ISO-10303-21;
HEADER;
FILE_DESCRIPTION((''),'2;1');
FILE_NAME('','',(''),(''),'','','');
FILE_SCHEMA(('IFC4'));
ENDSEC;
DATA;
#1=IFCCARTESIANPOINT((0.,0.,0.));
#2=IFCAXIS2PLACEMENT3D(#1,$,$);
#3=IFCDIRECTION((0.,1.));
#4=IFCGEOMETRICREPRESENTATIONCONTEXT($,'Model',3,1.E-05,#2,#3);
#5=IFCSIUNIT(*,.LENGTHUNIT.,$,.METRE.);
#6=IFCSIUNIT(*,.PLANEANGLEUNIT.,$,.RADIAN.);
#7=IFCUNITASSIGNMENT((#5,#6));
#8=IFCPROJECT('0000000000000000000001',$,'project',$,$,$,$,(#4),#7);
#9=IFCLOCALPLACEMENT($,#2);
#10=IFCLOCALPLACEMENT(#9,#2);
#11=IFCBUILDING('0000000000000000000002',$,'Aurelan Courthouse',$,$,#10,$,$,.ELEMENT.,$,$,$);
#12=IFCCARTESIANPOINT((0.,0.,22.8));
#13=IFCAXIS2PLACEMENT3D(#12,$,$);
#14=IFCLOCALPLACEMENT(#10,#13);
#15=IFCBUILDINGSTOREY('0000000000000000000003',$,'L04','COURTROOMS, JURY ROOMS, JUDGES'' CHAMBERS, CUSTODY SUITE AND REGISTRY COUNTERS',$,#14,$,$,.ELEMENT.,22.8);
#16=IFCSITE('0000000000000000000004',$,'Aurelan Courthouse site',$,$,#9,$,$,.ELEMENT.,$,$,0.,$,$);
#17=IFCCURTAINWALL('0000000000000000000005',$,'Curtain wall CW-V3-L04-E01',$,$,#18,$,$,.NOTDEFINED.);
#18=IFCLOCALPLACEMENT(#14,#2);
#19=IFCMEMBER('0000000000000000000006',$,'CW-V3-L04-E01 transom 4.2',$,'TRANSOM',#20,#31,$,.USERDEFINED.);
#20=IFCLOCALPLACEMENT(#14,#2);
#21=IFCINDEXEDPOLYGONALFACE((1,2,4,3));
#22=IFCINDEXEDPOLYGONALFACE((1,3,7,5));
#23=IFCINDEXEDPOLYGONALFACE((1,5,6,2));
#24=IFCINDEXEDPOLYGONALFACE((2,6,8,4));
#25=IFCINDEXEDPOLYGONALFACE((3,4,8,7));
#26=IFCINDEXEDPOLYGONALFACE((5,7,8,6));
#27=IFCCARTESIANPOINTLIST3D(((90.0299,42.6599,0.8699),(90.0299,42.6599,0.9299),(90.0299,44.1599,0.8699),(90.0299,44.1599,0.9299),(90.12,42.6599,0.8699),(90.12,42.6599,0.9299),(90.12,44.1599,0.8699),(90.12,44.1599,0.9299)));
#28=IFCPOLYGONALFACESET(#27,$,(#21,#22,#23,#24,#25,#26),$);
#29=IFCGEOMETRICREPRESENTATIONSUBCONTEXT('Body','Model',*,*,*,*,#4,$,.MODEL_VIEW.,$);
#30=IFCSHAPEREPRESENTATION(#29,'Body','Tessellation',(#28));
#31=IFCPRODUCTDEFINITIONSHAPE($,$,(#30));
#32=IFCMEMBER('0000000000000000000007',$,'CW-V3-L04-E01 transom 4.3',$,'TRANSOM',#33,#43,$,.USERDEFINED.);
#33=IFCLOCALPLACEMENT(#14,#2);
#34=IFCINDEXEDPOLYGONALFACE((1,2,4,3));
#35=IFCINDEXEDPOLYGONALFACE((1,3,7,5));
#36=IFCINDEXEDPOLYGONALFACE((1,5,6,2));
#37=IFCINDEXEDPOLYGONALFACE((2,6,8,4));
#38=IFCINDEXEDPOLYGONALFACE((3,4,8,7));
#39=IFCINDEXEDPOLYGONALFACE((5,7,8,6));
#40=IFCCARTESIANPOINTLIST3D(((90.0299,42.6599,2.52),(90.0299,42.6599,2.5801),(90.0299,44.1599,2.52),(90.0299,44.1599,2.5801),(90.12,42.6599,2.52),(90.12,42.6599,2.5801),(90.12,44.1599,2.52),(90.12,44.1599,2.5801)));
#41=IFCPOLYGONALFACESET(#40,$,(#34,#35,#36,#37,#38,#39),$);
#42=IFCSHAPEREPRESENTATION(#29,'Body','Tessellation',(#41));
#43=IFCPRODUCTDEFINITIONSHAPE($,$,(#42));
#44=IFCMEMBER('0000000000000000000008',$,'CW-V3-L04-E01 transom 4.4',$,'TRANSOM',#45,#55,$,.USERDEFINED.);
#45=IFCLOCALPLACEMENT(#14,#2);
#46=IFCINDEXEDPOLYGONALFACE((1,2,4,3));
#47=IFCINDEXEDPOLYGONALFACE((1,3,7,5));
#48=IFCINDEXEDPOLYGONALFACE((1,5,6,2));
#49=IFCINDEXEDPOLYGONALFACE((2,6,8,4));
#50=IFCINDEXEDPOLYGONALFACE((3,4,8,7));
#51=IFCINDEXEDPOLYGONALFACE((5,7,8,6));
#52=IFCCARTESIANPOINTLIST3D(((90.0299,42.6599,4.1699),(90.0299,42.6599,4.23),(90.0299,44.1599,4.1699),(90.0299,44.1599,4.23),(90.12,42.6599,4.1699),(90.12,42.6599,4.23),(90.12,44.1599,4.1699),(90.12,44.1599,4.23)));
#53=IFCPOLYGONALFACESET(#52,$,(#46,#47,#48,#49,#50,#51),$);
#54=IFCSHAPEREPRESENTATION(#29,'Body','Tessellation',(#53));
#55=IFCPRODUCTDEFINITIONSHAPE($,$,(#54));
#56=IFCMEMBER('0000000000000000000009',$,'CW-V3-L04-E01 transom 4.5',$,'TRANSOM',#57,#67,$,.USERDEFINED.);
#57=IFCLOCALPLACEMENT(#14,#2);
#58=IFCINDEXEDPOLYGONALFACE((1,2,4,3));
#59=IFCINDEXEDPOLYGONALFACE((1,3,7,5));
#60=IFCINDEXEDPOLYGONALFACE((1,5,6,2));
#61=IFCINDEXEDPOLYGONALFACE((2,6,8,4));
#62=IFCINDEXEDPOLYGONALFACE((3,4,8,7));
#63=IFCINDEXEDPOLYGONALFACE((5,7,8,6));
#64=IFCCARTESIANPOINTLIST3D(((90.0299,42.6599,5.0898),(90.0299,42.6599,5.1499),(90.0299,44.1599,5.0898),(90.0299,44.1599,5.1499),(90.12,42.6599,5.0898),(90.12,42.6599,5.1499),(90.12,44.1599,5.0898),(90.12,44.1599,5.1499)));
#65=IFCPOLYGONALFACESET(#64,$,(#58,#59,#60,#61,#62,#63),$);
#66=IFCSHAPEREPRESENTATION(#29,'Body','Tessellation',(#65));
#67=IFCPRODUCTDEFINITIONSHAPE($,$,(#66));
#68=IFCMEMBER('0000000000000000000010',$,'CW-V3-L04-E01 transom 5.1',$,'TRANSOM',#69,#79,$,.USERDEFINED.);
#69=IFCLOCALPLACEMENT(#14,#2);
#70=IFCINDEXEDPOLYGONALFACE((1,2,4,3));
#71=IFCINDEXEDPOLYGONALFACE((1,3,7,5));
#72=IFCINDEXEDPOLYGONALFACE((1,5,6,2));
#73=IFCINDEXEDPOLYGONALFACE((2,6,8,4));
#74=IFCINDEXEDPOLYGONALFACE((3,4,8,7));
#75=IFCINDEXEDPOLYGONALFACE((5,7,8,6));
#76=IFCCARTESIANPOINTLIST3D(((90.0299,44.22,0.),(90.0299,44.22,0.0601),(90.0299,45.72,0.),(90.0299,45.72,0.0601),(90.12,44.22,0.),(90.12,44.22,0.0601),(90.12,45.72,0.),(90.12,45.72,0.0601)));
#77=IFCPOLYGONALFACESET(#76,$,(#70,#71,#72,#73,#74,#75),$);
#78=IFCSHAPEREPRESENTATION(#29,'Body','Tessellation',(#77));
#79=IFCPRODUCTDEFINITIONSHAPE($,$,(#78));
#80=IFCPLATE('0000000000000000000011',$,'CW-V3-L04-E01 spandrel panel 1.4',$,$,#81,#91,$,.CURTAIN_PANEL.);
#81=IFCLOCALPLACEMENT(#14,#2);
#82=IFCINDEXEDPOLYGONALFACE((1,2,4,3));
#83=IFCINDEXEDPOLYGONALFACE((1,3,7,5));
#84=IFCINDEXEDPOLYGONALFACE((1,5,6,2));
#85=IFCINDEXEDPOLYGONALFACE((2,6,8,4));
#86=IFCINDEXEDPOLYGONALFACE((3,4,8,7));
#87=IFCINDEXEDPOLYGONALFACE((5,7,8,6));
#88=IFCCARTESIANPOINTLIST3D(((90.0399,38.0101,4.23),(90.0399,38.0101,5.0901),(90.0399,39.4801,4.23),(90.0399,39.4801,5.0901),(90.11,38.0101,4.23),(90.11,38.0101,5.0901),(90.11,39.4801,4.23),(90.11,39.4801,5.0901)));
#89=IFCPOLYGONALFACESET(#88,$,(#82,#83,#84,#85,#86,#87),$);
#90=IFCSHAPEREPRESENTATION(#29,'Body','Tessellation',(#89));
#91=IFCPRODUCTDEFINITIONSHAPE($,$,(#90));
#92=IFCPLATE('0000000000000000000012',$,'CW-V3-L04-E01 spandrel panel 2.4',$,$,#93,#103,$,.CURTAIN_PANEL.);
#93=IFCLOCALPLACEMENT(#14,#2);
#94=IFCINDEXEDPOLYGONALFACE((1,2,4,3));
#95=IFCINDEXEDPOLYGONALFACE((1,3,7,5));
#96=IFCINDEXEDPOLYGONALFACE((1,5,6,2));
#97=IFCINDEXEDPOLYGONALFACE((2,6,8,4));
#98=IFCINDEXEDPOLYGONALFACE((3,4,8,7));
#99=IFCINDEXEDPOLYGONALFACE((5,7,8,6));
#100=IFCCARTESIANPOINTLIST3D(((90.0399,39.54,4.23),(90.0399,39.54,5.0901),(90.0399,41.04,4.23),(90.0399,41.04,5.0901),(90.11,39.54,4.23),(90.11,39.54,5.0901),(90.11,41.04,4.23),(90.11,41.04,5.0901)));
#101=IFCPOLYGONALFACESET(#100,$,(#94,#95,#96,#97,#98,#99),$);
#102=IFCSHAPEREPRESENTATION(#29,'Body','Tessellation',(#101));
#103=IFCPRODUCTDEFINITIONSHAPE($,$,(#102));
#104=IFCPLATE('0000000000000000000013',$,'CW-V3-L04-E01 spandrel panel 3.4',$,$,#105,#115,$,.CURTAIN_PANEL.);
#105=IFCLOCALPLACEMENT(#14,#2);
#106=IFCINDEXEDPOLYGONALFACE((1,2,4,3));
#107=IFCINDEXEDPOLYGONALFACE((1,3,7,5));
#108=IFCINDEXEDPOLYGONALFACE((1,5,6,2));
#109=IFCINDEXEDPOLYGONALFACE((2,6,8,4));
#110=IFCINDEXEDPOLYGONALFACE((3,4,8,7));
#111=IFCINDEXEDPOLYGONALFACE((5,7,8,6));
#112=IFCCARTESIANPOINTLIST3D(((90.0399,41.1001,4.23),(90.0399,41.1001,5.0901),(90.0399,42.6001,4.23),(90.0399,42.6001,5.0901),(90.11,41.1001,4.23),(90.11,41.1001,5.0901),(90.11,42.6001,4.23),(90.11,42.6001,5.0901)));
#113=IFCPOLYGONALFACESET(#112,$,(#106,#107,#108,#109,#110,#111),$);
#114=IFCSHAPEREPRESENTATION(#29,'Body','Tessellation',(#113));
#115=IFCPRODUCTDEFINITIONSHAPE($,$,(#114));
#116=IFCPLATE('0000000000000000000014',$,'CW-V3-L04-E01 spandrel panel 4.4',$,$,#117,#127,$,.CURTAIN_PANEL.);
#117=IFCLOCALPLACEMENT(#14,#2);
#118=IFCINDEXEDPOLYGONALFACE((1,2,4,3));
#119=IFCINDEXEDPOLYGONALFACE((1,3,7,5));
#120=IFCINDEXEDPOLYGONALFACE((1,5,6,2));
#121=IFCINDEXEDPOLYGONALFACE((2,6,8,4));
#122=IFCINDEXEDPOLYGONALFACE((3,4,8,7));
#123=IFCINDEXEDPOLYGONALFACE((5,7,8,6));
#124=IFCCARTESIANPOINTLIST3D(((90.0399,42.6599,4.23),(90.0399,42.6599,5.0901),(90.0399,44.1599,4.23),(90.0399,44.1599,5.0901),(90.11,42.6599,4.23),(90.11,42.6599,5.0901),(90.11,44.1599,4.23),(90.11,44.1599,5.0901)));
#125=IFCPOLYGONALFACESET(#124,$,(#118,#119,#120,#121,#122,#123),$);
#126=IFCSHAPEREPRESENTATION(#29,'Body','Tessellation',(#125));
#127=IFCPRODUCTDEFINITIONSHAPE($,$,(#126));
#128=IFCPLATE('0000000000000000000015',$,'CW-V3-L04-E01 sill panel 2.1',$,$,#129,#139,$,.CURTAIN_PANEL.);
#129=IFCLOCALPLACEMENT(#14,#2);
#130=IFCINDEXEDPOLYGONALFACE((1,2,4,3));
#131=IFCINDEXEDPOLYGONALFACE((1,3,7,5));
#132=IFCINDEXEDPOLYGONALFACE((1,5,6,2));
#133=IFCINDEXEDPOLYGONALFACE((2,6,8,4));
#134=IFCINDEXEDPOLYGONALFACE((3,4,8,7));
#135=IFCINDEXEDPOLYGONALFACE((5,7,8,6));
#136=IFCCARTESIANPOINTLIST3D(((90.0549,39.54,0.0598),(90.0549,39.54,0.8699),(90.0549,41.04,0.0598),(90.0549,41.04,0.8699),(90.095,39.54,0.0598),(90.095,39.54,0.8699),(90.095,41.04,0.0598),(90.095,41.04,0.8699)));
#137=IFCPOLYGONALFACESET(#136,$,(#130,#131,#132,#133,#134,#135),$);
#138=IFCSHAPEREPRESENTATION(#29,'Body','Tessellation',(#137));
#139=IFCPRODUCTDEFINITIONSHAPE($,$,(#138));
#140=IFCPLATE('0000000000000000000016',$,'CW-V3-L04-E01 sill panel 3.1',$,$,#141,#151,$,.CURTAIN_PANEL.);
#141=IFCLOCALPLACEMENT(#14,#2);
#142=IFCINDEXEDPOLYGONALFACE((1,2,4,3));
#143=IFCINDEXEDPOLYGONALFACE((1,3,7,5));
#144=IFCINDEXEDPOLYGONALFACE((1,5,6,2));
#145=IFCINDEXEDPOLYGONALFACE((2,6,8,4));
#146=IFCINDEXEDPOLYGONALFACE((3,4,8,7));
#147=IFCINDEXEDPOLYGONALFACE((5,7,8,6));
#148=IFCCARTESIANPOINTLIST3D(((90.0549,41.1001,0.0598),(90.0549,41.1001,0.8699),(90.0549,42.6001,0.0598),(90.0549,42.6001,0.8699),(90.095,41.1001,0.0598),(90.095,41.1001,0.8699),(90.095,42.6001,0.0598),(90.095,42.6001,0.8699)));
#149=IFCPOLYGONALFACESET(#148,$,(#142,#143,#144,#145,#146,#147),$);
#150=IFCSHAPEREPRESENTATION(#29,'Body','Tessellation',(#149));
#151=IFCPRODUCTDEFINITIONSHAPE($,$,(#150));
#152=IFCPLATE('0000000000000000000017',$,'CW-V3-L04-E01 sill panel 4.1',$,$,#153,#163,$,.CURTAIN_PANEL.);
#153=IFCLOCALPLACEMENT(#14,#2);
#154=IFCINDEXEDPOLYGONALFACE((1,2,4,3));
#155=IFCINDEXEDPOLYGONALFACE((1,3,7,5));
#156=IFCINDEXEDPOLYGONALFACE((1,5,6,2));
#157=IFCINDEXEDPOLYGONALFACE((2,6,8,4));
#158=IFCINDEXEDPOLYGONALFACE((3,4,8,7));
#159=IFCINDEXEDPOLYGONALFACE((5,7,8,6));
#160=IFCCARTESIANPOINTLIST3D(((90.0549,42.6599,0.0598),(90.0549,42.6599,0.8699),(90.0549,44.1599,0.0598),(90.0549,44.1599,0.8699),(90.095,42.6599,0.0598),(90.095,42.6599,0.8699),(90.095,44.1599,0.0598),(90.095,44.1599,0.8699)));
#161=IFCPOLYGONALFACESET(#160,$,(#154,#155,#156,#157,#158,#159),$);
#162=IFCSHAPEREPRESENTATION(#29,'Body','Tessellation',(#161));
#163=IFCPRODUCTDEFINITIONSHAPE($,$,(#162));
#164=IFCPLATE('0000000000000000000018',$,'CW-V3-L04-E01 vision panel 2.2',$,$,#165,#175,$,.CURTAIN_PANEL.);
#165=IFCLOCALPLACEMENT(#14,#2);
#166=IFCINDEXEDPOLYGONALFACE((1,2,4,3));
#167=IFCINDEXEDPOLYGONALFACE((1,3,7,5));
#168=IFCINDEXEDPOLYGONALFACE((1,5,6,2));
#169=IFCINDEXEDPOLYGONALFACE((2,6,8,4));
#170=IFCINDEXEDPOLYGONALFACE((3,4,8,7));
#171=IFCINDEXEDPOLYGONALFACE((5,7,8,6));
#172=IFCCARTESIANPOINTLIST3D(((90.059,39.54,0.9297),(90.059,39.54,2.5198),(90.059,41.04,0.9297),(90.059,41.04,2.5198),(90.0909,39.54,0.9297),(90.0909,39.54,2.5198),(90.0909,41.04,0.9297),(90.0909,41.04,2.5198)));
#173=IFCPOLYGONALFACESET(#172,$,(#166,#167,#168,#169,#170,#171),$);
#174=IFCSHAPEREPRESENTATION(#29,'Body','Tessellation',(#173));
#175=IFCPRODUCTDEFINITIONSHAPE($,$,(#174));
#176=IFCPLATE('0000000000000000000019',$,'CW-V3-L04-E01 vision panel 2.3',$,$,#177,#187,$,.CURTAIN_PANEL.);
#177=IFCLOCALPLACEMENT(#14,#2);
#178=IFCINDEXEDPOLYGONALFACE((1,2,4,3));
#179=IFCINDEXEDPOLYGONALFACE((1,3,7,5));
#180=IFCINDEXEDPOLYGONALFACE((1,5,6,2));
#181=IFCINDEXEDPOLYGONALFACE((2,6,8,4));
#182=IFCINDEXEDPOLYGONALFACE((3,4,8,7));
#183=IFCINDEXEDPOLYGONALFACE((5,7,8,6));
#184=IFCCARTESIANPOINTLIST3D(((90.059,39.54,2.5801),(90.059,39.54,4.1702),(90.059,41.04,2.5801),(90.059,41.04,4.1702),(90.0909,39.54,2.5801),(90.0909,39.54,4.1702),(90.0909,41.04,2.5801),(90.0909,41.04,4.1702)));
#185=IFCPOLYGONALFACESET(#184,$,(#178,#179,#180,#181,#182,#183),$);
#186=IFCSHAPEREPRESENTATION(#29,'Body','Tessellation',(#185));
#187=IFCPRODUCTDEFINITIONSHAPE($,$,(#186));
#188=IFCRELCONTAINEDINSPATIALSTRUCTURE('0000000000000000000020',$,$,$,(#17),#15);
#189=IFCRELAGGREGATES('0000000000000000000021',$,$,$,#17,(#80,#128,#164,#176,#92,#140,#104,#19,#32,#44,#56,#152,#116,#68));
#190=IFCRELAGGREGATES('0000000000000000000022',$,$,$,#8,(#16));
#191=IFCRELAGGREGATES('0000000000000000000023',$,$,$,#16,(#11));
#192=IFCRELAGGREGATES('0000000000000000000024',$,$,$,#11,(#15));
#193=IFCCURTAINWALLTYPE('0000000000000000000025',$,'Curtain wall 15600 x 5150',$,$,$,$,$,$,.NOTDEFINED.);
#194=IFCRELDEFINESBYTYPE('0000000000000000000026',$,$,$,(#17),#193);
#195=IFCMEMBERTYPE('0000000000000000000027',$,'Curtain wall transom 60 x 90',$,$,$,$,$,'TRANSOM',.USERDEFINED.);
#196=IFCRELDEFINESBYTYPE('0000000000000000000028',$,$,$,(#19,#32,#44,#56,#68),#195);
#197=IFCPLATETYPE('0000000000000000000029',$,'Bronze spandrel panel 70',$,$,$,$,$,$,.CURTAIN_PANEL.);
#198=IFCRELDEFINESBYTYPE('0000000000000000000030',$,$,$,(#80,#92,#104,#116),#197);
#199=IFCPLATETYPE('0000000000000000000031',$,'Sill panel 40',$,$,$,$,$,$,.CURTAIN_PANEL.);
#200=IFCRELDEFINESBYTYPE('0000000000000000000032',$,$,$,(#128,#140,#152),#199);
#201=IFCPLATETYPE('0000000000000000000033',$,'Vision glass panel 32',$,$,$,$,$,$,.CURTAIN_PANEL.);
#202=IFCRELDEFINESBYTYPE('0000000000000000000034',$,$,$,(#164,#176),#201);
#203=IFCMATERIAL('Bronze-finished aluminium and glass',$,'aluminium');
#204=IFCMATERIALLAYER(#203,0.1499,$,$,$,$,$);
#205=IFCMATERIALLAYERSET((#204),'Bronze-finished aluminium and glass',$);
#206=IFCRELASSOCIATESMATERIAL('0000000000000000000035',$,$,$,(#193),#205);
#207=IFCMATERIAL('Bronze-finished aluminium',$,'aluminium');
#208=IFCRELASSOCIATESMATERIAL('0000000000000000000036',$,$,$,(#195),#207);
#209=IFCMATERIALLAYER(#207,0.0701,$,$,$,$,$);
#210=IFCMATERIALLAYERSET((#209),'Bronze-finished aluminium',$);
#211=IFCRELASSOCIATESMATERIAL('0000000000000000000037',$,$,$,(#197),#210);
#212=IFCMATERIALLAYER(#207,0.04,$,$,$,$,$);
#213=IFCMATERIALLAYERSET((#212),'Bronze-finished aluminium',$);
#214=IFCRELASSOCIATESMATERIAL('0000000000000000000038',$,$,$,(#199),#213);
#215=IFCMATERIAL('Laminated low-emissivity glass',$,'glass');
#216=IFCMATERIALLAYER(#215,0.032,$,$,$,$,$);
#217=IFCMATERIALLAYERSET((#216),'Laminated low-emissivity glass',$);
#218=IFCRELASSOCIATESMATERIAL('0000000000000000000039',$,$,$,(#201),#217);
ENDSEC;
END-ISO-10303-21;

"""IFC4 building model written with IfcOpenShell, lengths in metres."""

from ifc_helpers import new_model, si_unit, direction, frame, origin, origin_2d, place, context, subcontext, project, spatial, rectangle, extrude, material, layer, layer_set, material_profile, profile_set, type_object, element, aggregate, save


model = new_model("IFC4")

# Units and contexts
model_context = context("Model", 3, precision=1e-05, world=origin(), true_north=direction((0.0, 1.0)))
body_context = subcontext(model_context, "Body", "Model", "MODEL_VIEW")
ifc_project = project(units=[si_unit("LENGTHUNIT", "METRE"), si_unit("PLANEANGLEUNIT", "RADIAN")], contexts=[model_context])

# Site, building, storey
site_placement = place(None, origin())
site = spatial("IfcSite", under=ifc_project, at=site_placement, Name="Aurelan Courthouse site", CompositionType="ELEMENT", RefElevation=0.0)
building_placement = place(site_placement, origin())
building = spatial("IfcBuilding", under=site, at=building_placement, Name="Aurelan Courthouse", CompositionType="ELEMENT")
storey_placement = place(building_placement, frame((0.0, 0.0, 22.8)))
storey = spatial("IfcBuildingStorey", under=building, at=storey_placement, Name="L04", Description="COURTROOMS, JURY ROOMS, JUDGES' CHAMBERS, CUSTODY SUITE AND REGISTRY COUNTERS", CompositionType="ELEMENT", Elevation=22.8)

# Curtain wall, members, plates
ifc_material_1 = material(Name="Bronze-finished aluminium and glass", Category="aluminium")
ifc_layer_1 = layer(ifc_material_1, 0.1499)
ifc_layer_set_1 = layer_set([ifc_layer_1], Name="Bronze-finished aluminium and glass")
curtain_wall_type = type_object("IfcCurtainWallType", Name="Curtain wall 15600 x 5150", PredefinedType="NOTDEFINED", material=ifc_layer_set_1)
curtain_wall_placement = place(storey_placement, origin())
curtain_wall = element("IfcCurtainWall", 1, at=curtain_wall_placement, inside=storey, type_object=curtain_wall_type, Name="Curtain wall CW-V3-L04-E01", PredefinedType="NOTDEFINED")
ifc_material_2 = material(Name="Bronze-finished aluminium", Category="aluminium")
ifc_material_profile_1 = material_profile(ifc_material_2, rectangle(XDim=0.0901, YDim=0.0601, at=origin_2d()), Name="Bronze transom 60 x 90")
ifc_profile_set_1 = profile_set([ifc_material_profile_1], Name="Bronze-finished aluminium")
member_type_1 = type_object("IfcMemberType", Name="Curtain wall transom 60 x 90", ElementType="TRANSOM", PredefinedType="USERDEFINED", material=ifc_profile_set_1)
member_1_placement = place(storey_placement, frame((90.075, 42.6599, 0.8999), z_axis=(0.0, 1.0, 0.0), x_axis=(-1.0, 0.0, 0.0)))
member_1 = element("IfcMember", 2, at=member_1_placement, type_object=member_type_1, Name="CW-V3-L04-E01 transom 4.2", ObjectType="TRANSOM", PredefinedType="USERDEFINED", context=body_context, shape_type="SweptSolid", body=[
    extrude(rectangle(XDim=0.0901, YDim=0.0601, at=origin_2d()), origin(), (0.0, 0.0, 1.0), 1.5),
])
member_2_placement = place(storey_placement, frame((90.075, 42.6599, 2.55), z_axis=(0.0, 1.0, 0.0), x_axis=(-1.0, 0.0, 0.0)))
member_2 = element("IfcMember", 3, at=member_2_placement, type_object=member_type_1, Name="CW-V3-L04-E01 transom 4.3", ObjectType="TRANSOM", PredefinedType="USERDEFINED", context=body_context, shape_type="SweptSolid", body=[
    extrude(rectangle(XDim=0.0901, YDim=0.0601, at=origin_2d()), origin(), (0.0, 0.0, 1.0), 1.5),
])
member_3_placement = place(storey_placement, frame((90.075, 42.6599, 4.2), z_axis=(0.0, 1.0, 0.0), x_axis=(-1.0, 0.0, 0.0)))
member_3 = element("IfcMember", 4, at=member_3_placement, type_object=member_type_1, Name="CW-V3-L04-E01 transom 4.4", ObjectType="TRANSOM", PredefinedType="USERDEFINED", context=body_context, shape_type="SweptSolid", body=[
    extrude(rectangle(XDim=0.0901, YDim=0.0601, at=origin_2d()), origin(), (0.0, 0.0, 1.0), 1.5),
])
member_4_placement = place(storey_placement, frame((90.075, 42.6599, 5.1199), z_axis=(0.0, 1.0, 0.0), x_axis=(-1.0, 0.0, 0.0)))
member_4 = element("IfcMember", 5, at=member_4_placement, type_object=member_type_1, Name="CW-V3-L04-E01 transom 4.5", ObjectType="TRANSOM", PredefinedType="USERDEFINED", context=body_context, shape_type="SweptSolid", body=[
    extrude(rectangle(XDim=0.0901, YDim=0.0601, at=origin_2d()), origin(), (0.0, 0.0, 1.0), 1.5),
])
member_5_placement = place(storey_placement, frame((90.075, 44.22, 0.03), z_axis=(0.0, 1.0, 0.0), x_axis=(-1.0, 0.0, 0.0)))
member_5 = element("IfcMember", 6, at=member_5_placement, type_object=member_type_1, Name="CW-V3-L04-E01 transom 5.1", ObjectType="TRANSOM", PredefinedType="USERDEFINED", context=body_context, shape_type="SweptSolid", body=[
    extrude(rectangle(XDim=0.0901, YDim=0.0601, at=origin_2d()), origin(), (0.0, 0.0, 1.0), 1.5),
])
ifc_layer_2 = layer(ifc_material_2, 0.0701)
ifc_layer_set_2 = layer_set([ifc_layer_2], Name="Bronze-finished aluminium")
plate_type_1 = type_object("IfcPlateType", Name="Bronze spandrel panel 70", PredefinedType="CURTAIN_PANEL", material=ifc_layer_set_2)
plate_1_placement = place(storey_placement, frame((90.075, 38.7451, 4.23), z_axis=(0.0, 0.0, 1.0), x_axis=(0.0, 1.0, 0.0)))
plate_1 = element("IfcPlate", 7, at=plate_1_placement, type_object=plate_type_1, Name="CW-V3-L04-E01 spandrel panel 1.4", PredefinedType="CURTAIN_PANEL", context=body_context, shape_type="SweptSolid", body=[
    extrude(rectangle(XDim=1.47, YDim=0.0701, at=origin_2d()), origin(), (0.0, 0.0, 1.0), 0.8601),
])
plate_2_placement = place(storey_placement, frame((90.075, 40.29, 4.23), z_axis=(0.0, 0.0, 1.0), x_axis=(0.0, 1.0, 0.0)))
plate_2 = element("IfcPlate", 8, at=plate_2_placement, type_object=plate_type_1, Name="CW-V3-L04-E01 spandrel panel 2.4", PredefinedType="CURTAIN_PANEL", context=body_context, shape_type="SweptSolid", body=[
    extrude(rectangle(XDim=1.5, YDim=0.0701, at=origin_2d()), origin(), (0.0, 0.0, 1.0), 0.8601),
])
plate_3_placement = place(storey_placement, frame((90.075, 41.8501, 4.23), z_axis=(0.0, 0.0, 1.0), x_axis=(0.0, 1.0, 0.0)))
plate_3 = element("IfcPlate", 9, at=plate_3_placement, type_object=plate_type_1, Name="CW-V3-L04-E01 spandrel panel 3.4", PredefinedType="CURTAIN_PANEL", context=body_context, shape_type="SweptSolid", body=[
    extrude(rectangle(XDim=1.5, YDim=0.0701, at=origin_2d()), origin(), (0.0, 0.0, 1.0), 0.8601),
])
plate_4_placement = place(storey_placement, frame((90.075, 43.4099, 4.23), z_axis=(0.0, 0.0, 1.0), x_axis=(0.0, 1.0, 0.0)))
plate_4 = element("IfcPlate", 10, at=plate_4_placement, type_object=plate_type_1, Name="CW-V3-L04-E01 spandrel panel 4.4", PredefinedType="CURTAIN_PANEL", context=body_context, shape_type="SweptSolid", body=[
    extrude(rectangle(XDim=1.5, YDim=0.0701, at=origin_2d()), origin(), (0.0, 0.0, 1.0), 0.8601),
])
ifc_layer_3 = layer(ifc_material_2, 0.04)
ifc_layer_set_3 = layer_set([ifc_layer_3], Name="Bronze-finished aluminium")
plate_type_2 = type_object("IfcPlateType", Name="Sill panel 40", PredefinedType="CURTAIN_PANEL", material=ifc_layer_set_3)
plate_5_placement = place(storey_placement, frame((90.075, 40.29, 0.0598), z_axis=(0.0, 0.0, 1.0), x_axis=(0.0, 1.0, 0.0)))
plate_5 = element("IfcPlate", 11, at=plate_5_placement, type_object=plate_type_2, Name="CW-V3-L04-E01 sill panel 2.1", PredefinedType="CURTAIN_PANEL", context=body_context, shape_type="SweptSolid", body=[
    extrude(rectangle(XDim=1.5, YDim=0.04, at=origin_2d()), origin(), (0.0, 0.0, 1.0), 0.8101),
])
plate_6_placement = place(storey_placement, frame((90.075, 41.8501, 0.0598), z_axis=(0.0, 0.0, 1.0), x_axis=(0.0, 1.0, 0.0)))
plate_6 = element("IfcPlate", 12, at=plate_6_placement, type_object=plate_type_2, Name="CW-V3-L04-E01 sill panel 3.1", PredefinedType="CURTAIN_PANEL", context=body_context, shape_type="SweptSolid", body=[
    extrude(rectangle(XDim=1.5, YDim=0.04, at=origin_2d()), origin(), (0.0, 0.0, 1.0), 0.8101),
])
plate_7_placement = place(storey_placement, frame((90.075, 43.4099, 0.0598), z_axis=(0.0, 0.0, 1.0), x_axis=(0.0, 1.0, 0.0)))
plate_7 = element("IfcPlate", 13, at=plate_7_placement, type_object=plate_type_2, Name="CW-V3-L04-E01 sill panel 4.1", PredefinedType="CURTAIN_PANEL", context=body_context, shape_type="SweptSolid", body=[
    extrude(rectangle(XDim=1.5, YDim=0.04, at=origin_2d()), origin(), (0.0, 0.0, 1.0), 0.8101),
])
ifc_material_3 = material(Name="Laminated low-emissivity glass", Category="glass")
ifc_layer_4 = layer(ifc_material_3, 0.032)
ifc_layer_set_4 = layer_set([ifc_layer_4], Name="Laminated low-emissivity glass")
plate_type_3 = type_object("IfcPlateType", Name="Vision glass panel 32", PredefinedType="CURTAIN_PANEL", material=ifc_layer_set_4)
plate_8_placement = place(storey_placement, frame((90.075, 40.29, 0.9297), z_axis=(0.0, 0.0, 1.0), x_axis=(0.0, 1.0, 0.0)))
plate_8 = element("IfcPlate", 14, at=plate_8_placement, type_object=plate_type_3, Name="CW-V3-L04-E01 vision panel 2.2", PredefinedType="CURTAIN_PANEL", context=body_context, shape_type="SweptSolid", body=[
    extrude(rectangle(XDim=1.5, YDim=0.032, at=origin_2d()), origin(), (0.0, 0.0, 1.0), 1.5901),
])
plate_9_placement = place(storey_placement, frame((90.075, 40.29, 2.5801), z_axis=(0.0, 0.0, 1.0), x_axis=(0.0, 1.0, 0.0)))
plate_9 = element("IfcPlate", 15, at=plate_9_placement, type_object=plate_type_3, Name="CW-V3-L04-E01 vision panel 2.3", PredefinedType="CURTAIN_PANEL", context=body_context, shape_type="SweptSolid", body=[
    extrude(rectangle(XDim=1.5, YDim=0.032, at=origin_2d()), origin(), (0.0, 0.0, 1.0), 1.5901),
])
aggregate(curtain_wall, [plate_1, plate_5, plate_8, plate_9, plate_2, plate_6, plate_3, member_1, member_2, member_3, member_4, plate_7, plate_4, member_5])

save(model, "model.ifc")
